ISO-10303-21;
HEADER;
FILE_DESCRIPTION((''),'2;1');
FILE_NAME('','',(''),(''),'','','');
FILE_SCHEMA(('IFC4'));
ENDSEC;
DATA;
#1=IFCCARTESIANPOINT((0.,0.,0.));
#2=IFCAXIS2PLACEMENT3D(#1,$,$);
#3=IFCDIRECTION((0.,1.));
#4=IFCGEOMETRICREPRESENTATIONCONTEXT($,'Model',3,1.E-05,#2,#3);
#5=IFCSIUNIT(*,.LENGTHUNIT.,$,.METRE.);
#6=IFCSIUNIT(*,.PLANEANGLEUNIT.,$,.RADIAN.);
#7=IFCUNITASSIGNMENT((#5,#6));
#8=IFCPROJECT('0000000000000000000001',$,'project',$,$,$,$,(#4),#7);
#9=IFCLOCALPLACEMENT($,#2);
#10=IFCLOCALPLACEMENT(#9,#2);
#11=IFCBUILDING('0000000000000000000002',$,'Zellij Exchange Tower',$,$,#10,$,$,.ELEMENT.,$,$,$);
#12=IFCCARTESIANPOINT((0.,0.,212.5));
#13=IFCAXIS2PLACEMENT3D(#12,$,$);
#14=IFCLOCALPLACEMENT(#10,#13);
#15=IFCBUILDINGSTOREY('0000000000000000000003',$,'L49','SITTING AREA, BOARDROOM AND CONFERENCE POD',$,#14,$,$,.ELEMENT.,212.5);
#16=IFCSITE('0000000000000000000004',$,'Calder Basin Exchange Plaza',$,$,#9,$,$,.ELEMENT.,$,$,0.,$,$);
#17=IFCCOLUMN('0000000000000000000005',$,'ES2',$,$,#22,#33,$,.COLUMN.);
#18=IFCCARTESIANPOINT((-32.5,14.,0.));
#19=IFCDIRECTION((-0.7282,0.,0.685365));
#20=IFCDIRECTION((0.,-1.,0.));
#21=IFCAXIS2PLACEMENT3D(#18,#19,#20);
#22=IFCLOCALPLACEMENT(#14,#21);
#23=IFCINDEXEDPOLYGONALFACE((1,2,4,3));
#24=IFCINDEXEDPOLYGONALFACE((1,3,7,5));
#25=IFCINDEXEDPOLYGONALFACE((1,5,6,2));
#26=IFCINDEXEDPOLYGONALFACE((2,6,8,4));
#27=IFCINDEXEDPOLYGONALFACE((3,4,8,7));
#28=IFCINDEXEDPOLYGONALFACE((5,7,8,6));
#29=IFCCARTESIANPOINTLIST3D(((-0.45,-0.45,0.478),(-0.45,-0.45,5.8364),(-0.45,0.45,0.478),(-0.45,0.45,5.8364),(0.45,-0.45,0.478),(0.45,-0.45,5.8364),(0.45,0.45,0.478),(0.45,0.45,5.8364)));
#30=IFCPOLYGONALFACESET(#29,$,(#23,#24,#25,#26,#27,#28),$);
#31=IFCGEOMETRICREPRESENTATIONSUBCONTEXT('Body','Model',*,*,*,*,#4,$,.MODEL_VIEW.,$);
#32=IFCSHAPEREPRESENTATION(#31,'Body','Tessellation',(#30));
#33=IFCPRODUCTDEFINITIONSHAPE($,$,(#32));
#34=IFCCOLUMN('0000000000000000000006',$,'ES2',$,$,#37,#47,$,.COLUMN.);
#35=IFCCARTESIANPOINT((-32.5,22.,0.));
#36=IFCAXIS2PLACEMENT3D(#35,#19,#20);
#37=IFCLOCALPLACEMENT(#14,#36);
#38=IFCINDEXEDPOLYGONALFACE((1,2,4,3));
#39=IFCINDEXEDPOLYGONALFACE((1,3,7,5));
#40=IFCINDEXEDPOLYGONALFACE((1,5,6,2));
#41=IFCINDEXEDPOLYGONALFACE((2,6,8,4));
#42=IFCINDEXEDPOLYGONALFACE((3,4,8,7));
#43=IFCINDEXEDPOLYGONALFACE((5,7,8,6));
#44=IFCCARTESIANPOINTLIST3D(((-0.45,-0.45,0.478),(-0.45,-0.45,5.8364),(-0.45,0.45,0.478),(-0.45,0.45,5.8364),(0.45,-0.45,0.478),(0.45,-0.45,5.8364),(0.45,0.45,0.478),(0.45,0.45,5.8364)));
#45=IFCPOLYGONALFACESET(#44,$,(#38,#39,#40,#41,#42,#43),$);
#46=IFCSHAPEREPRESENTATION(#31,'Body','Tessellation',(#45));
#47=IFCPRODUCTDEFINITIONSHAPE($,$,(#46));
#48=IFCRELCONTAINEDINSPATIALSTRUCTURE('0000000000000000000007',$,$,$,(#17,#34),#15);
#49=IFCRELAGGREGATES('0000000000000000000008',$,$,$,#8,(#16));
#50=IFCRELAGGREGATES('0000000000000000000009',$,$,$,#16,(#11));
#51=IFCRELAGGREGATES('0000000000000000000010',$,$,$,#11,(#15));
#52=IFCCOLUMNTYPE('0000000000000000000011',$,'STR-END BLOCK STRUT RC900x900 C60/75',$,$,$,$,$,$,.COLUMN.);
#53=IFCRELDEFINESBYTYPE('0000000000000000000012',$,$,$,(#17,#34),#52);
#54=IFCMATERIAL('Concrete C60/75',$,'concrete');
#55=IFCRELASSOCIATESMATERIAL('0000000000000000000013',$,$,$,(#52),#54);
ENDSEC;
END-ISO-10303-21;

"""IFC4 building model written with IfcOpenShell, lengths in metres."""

from ifc_helpers import new_model, si_unit, direction, frame, origin, origin_2d, place, context, subcontext, project, spatial, rectangle, extrude, clip, halfspace, material, material_profile, profile_set, type_object, element, save


model = new_model("IFC4")

# Units and contexts
model_context = context("Model", 3, precision=1e-05, world=origin(), true_north=direction((0.0, 1.0)))
body_context = subcontext(model_context, "Body", "Model", "MODEL_VIEW")
ifc_project = project(units=[si_unit("LENGTHUNIT", "METRE"), si_unit("PLANEANGLEUNIT", "RADIAN")], contexts=[model_context])

# Site, building, storey
site_placement = place(None, origin())
site = spatial("IfcSite", under=ifc_project, at=site_placement, Name="Calder Basin Exchange Plaza", CompositionType="ELEMENT", RefElevation=0.0)
building_placement = place(site_placement, origin())
building = spatial("IfcBuilding", under=site, at=building_placement, Name="Zellij Exchange Tower", CompositionType="ELEMENT")
storey_placement = place(building_placement, frame((0.0, 0.0, 212.5)))
storey = spatial("IfcBuildingStorey", under=building, at=storey_placement, Name="L49", Description="SITTING AREA, BOARDROOM AND CONFERENCE POD", CompositionType="ELEMENT", Elevation=212.5)

# Columns
ifc_material_1 = material(Name="Concrete C60/75", Category="concrete")
ifc_material_profile_1 = material_profile(ifc_material_1, rectangle(XDim=0.8999, YDim=0.8999, at=origin_2d()), Name="STR-END BLOCK STRUT RC900x900 C60/75")
ifc_profile_set_1 = profile_set([ifc_material_profile_1], Name="Concrete C60/75")
column_type_1 = type_object("IfcColumnType", Name="STR-END BLOCK STRUT RC900x900 C60/75", PredefinedType="COLUMN", material=ifc_profile_set_1)
for number, where, z_axis, x_axis, name in (
    (1, (-32.5, 14.0, 0.0), (-0.7282, 0.0, 0.685365), (0.0, -1.0, 0.0), "ES2"),
    (2, (-32.5, 22.0, 0.0), (-0.7282, 0.0, 0.685365), (0.0, -1.0, 0.0), "ES2"),
):
    element("IfcColumn", number, at=place(storey_placement, frame(where, z_axis=z_axis, x_axis=x_axis)), inside=storey, type_object=column_type_1, Name=name, PredefinedType="COLUMN", context=body_context, shape_type="Clipping", body=[
        clip(extrude(rectangle(XDim=0.8999, YDim=0.8999, at=origin_2d()), origin(), (0.0, 0.0, 1.0), 5.8364), halfspace(frame((0.0, 0.0, 0.478)), True)),
    ])

save(model, "model.ifc")
